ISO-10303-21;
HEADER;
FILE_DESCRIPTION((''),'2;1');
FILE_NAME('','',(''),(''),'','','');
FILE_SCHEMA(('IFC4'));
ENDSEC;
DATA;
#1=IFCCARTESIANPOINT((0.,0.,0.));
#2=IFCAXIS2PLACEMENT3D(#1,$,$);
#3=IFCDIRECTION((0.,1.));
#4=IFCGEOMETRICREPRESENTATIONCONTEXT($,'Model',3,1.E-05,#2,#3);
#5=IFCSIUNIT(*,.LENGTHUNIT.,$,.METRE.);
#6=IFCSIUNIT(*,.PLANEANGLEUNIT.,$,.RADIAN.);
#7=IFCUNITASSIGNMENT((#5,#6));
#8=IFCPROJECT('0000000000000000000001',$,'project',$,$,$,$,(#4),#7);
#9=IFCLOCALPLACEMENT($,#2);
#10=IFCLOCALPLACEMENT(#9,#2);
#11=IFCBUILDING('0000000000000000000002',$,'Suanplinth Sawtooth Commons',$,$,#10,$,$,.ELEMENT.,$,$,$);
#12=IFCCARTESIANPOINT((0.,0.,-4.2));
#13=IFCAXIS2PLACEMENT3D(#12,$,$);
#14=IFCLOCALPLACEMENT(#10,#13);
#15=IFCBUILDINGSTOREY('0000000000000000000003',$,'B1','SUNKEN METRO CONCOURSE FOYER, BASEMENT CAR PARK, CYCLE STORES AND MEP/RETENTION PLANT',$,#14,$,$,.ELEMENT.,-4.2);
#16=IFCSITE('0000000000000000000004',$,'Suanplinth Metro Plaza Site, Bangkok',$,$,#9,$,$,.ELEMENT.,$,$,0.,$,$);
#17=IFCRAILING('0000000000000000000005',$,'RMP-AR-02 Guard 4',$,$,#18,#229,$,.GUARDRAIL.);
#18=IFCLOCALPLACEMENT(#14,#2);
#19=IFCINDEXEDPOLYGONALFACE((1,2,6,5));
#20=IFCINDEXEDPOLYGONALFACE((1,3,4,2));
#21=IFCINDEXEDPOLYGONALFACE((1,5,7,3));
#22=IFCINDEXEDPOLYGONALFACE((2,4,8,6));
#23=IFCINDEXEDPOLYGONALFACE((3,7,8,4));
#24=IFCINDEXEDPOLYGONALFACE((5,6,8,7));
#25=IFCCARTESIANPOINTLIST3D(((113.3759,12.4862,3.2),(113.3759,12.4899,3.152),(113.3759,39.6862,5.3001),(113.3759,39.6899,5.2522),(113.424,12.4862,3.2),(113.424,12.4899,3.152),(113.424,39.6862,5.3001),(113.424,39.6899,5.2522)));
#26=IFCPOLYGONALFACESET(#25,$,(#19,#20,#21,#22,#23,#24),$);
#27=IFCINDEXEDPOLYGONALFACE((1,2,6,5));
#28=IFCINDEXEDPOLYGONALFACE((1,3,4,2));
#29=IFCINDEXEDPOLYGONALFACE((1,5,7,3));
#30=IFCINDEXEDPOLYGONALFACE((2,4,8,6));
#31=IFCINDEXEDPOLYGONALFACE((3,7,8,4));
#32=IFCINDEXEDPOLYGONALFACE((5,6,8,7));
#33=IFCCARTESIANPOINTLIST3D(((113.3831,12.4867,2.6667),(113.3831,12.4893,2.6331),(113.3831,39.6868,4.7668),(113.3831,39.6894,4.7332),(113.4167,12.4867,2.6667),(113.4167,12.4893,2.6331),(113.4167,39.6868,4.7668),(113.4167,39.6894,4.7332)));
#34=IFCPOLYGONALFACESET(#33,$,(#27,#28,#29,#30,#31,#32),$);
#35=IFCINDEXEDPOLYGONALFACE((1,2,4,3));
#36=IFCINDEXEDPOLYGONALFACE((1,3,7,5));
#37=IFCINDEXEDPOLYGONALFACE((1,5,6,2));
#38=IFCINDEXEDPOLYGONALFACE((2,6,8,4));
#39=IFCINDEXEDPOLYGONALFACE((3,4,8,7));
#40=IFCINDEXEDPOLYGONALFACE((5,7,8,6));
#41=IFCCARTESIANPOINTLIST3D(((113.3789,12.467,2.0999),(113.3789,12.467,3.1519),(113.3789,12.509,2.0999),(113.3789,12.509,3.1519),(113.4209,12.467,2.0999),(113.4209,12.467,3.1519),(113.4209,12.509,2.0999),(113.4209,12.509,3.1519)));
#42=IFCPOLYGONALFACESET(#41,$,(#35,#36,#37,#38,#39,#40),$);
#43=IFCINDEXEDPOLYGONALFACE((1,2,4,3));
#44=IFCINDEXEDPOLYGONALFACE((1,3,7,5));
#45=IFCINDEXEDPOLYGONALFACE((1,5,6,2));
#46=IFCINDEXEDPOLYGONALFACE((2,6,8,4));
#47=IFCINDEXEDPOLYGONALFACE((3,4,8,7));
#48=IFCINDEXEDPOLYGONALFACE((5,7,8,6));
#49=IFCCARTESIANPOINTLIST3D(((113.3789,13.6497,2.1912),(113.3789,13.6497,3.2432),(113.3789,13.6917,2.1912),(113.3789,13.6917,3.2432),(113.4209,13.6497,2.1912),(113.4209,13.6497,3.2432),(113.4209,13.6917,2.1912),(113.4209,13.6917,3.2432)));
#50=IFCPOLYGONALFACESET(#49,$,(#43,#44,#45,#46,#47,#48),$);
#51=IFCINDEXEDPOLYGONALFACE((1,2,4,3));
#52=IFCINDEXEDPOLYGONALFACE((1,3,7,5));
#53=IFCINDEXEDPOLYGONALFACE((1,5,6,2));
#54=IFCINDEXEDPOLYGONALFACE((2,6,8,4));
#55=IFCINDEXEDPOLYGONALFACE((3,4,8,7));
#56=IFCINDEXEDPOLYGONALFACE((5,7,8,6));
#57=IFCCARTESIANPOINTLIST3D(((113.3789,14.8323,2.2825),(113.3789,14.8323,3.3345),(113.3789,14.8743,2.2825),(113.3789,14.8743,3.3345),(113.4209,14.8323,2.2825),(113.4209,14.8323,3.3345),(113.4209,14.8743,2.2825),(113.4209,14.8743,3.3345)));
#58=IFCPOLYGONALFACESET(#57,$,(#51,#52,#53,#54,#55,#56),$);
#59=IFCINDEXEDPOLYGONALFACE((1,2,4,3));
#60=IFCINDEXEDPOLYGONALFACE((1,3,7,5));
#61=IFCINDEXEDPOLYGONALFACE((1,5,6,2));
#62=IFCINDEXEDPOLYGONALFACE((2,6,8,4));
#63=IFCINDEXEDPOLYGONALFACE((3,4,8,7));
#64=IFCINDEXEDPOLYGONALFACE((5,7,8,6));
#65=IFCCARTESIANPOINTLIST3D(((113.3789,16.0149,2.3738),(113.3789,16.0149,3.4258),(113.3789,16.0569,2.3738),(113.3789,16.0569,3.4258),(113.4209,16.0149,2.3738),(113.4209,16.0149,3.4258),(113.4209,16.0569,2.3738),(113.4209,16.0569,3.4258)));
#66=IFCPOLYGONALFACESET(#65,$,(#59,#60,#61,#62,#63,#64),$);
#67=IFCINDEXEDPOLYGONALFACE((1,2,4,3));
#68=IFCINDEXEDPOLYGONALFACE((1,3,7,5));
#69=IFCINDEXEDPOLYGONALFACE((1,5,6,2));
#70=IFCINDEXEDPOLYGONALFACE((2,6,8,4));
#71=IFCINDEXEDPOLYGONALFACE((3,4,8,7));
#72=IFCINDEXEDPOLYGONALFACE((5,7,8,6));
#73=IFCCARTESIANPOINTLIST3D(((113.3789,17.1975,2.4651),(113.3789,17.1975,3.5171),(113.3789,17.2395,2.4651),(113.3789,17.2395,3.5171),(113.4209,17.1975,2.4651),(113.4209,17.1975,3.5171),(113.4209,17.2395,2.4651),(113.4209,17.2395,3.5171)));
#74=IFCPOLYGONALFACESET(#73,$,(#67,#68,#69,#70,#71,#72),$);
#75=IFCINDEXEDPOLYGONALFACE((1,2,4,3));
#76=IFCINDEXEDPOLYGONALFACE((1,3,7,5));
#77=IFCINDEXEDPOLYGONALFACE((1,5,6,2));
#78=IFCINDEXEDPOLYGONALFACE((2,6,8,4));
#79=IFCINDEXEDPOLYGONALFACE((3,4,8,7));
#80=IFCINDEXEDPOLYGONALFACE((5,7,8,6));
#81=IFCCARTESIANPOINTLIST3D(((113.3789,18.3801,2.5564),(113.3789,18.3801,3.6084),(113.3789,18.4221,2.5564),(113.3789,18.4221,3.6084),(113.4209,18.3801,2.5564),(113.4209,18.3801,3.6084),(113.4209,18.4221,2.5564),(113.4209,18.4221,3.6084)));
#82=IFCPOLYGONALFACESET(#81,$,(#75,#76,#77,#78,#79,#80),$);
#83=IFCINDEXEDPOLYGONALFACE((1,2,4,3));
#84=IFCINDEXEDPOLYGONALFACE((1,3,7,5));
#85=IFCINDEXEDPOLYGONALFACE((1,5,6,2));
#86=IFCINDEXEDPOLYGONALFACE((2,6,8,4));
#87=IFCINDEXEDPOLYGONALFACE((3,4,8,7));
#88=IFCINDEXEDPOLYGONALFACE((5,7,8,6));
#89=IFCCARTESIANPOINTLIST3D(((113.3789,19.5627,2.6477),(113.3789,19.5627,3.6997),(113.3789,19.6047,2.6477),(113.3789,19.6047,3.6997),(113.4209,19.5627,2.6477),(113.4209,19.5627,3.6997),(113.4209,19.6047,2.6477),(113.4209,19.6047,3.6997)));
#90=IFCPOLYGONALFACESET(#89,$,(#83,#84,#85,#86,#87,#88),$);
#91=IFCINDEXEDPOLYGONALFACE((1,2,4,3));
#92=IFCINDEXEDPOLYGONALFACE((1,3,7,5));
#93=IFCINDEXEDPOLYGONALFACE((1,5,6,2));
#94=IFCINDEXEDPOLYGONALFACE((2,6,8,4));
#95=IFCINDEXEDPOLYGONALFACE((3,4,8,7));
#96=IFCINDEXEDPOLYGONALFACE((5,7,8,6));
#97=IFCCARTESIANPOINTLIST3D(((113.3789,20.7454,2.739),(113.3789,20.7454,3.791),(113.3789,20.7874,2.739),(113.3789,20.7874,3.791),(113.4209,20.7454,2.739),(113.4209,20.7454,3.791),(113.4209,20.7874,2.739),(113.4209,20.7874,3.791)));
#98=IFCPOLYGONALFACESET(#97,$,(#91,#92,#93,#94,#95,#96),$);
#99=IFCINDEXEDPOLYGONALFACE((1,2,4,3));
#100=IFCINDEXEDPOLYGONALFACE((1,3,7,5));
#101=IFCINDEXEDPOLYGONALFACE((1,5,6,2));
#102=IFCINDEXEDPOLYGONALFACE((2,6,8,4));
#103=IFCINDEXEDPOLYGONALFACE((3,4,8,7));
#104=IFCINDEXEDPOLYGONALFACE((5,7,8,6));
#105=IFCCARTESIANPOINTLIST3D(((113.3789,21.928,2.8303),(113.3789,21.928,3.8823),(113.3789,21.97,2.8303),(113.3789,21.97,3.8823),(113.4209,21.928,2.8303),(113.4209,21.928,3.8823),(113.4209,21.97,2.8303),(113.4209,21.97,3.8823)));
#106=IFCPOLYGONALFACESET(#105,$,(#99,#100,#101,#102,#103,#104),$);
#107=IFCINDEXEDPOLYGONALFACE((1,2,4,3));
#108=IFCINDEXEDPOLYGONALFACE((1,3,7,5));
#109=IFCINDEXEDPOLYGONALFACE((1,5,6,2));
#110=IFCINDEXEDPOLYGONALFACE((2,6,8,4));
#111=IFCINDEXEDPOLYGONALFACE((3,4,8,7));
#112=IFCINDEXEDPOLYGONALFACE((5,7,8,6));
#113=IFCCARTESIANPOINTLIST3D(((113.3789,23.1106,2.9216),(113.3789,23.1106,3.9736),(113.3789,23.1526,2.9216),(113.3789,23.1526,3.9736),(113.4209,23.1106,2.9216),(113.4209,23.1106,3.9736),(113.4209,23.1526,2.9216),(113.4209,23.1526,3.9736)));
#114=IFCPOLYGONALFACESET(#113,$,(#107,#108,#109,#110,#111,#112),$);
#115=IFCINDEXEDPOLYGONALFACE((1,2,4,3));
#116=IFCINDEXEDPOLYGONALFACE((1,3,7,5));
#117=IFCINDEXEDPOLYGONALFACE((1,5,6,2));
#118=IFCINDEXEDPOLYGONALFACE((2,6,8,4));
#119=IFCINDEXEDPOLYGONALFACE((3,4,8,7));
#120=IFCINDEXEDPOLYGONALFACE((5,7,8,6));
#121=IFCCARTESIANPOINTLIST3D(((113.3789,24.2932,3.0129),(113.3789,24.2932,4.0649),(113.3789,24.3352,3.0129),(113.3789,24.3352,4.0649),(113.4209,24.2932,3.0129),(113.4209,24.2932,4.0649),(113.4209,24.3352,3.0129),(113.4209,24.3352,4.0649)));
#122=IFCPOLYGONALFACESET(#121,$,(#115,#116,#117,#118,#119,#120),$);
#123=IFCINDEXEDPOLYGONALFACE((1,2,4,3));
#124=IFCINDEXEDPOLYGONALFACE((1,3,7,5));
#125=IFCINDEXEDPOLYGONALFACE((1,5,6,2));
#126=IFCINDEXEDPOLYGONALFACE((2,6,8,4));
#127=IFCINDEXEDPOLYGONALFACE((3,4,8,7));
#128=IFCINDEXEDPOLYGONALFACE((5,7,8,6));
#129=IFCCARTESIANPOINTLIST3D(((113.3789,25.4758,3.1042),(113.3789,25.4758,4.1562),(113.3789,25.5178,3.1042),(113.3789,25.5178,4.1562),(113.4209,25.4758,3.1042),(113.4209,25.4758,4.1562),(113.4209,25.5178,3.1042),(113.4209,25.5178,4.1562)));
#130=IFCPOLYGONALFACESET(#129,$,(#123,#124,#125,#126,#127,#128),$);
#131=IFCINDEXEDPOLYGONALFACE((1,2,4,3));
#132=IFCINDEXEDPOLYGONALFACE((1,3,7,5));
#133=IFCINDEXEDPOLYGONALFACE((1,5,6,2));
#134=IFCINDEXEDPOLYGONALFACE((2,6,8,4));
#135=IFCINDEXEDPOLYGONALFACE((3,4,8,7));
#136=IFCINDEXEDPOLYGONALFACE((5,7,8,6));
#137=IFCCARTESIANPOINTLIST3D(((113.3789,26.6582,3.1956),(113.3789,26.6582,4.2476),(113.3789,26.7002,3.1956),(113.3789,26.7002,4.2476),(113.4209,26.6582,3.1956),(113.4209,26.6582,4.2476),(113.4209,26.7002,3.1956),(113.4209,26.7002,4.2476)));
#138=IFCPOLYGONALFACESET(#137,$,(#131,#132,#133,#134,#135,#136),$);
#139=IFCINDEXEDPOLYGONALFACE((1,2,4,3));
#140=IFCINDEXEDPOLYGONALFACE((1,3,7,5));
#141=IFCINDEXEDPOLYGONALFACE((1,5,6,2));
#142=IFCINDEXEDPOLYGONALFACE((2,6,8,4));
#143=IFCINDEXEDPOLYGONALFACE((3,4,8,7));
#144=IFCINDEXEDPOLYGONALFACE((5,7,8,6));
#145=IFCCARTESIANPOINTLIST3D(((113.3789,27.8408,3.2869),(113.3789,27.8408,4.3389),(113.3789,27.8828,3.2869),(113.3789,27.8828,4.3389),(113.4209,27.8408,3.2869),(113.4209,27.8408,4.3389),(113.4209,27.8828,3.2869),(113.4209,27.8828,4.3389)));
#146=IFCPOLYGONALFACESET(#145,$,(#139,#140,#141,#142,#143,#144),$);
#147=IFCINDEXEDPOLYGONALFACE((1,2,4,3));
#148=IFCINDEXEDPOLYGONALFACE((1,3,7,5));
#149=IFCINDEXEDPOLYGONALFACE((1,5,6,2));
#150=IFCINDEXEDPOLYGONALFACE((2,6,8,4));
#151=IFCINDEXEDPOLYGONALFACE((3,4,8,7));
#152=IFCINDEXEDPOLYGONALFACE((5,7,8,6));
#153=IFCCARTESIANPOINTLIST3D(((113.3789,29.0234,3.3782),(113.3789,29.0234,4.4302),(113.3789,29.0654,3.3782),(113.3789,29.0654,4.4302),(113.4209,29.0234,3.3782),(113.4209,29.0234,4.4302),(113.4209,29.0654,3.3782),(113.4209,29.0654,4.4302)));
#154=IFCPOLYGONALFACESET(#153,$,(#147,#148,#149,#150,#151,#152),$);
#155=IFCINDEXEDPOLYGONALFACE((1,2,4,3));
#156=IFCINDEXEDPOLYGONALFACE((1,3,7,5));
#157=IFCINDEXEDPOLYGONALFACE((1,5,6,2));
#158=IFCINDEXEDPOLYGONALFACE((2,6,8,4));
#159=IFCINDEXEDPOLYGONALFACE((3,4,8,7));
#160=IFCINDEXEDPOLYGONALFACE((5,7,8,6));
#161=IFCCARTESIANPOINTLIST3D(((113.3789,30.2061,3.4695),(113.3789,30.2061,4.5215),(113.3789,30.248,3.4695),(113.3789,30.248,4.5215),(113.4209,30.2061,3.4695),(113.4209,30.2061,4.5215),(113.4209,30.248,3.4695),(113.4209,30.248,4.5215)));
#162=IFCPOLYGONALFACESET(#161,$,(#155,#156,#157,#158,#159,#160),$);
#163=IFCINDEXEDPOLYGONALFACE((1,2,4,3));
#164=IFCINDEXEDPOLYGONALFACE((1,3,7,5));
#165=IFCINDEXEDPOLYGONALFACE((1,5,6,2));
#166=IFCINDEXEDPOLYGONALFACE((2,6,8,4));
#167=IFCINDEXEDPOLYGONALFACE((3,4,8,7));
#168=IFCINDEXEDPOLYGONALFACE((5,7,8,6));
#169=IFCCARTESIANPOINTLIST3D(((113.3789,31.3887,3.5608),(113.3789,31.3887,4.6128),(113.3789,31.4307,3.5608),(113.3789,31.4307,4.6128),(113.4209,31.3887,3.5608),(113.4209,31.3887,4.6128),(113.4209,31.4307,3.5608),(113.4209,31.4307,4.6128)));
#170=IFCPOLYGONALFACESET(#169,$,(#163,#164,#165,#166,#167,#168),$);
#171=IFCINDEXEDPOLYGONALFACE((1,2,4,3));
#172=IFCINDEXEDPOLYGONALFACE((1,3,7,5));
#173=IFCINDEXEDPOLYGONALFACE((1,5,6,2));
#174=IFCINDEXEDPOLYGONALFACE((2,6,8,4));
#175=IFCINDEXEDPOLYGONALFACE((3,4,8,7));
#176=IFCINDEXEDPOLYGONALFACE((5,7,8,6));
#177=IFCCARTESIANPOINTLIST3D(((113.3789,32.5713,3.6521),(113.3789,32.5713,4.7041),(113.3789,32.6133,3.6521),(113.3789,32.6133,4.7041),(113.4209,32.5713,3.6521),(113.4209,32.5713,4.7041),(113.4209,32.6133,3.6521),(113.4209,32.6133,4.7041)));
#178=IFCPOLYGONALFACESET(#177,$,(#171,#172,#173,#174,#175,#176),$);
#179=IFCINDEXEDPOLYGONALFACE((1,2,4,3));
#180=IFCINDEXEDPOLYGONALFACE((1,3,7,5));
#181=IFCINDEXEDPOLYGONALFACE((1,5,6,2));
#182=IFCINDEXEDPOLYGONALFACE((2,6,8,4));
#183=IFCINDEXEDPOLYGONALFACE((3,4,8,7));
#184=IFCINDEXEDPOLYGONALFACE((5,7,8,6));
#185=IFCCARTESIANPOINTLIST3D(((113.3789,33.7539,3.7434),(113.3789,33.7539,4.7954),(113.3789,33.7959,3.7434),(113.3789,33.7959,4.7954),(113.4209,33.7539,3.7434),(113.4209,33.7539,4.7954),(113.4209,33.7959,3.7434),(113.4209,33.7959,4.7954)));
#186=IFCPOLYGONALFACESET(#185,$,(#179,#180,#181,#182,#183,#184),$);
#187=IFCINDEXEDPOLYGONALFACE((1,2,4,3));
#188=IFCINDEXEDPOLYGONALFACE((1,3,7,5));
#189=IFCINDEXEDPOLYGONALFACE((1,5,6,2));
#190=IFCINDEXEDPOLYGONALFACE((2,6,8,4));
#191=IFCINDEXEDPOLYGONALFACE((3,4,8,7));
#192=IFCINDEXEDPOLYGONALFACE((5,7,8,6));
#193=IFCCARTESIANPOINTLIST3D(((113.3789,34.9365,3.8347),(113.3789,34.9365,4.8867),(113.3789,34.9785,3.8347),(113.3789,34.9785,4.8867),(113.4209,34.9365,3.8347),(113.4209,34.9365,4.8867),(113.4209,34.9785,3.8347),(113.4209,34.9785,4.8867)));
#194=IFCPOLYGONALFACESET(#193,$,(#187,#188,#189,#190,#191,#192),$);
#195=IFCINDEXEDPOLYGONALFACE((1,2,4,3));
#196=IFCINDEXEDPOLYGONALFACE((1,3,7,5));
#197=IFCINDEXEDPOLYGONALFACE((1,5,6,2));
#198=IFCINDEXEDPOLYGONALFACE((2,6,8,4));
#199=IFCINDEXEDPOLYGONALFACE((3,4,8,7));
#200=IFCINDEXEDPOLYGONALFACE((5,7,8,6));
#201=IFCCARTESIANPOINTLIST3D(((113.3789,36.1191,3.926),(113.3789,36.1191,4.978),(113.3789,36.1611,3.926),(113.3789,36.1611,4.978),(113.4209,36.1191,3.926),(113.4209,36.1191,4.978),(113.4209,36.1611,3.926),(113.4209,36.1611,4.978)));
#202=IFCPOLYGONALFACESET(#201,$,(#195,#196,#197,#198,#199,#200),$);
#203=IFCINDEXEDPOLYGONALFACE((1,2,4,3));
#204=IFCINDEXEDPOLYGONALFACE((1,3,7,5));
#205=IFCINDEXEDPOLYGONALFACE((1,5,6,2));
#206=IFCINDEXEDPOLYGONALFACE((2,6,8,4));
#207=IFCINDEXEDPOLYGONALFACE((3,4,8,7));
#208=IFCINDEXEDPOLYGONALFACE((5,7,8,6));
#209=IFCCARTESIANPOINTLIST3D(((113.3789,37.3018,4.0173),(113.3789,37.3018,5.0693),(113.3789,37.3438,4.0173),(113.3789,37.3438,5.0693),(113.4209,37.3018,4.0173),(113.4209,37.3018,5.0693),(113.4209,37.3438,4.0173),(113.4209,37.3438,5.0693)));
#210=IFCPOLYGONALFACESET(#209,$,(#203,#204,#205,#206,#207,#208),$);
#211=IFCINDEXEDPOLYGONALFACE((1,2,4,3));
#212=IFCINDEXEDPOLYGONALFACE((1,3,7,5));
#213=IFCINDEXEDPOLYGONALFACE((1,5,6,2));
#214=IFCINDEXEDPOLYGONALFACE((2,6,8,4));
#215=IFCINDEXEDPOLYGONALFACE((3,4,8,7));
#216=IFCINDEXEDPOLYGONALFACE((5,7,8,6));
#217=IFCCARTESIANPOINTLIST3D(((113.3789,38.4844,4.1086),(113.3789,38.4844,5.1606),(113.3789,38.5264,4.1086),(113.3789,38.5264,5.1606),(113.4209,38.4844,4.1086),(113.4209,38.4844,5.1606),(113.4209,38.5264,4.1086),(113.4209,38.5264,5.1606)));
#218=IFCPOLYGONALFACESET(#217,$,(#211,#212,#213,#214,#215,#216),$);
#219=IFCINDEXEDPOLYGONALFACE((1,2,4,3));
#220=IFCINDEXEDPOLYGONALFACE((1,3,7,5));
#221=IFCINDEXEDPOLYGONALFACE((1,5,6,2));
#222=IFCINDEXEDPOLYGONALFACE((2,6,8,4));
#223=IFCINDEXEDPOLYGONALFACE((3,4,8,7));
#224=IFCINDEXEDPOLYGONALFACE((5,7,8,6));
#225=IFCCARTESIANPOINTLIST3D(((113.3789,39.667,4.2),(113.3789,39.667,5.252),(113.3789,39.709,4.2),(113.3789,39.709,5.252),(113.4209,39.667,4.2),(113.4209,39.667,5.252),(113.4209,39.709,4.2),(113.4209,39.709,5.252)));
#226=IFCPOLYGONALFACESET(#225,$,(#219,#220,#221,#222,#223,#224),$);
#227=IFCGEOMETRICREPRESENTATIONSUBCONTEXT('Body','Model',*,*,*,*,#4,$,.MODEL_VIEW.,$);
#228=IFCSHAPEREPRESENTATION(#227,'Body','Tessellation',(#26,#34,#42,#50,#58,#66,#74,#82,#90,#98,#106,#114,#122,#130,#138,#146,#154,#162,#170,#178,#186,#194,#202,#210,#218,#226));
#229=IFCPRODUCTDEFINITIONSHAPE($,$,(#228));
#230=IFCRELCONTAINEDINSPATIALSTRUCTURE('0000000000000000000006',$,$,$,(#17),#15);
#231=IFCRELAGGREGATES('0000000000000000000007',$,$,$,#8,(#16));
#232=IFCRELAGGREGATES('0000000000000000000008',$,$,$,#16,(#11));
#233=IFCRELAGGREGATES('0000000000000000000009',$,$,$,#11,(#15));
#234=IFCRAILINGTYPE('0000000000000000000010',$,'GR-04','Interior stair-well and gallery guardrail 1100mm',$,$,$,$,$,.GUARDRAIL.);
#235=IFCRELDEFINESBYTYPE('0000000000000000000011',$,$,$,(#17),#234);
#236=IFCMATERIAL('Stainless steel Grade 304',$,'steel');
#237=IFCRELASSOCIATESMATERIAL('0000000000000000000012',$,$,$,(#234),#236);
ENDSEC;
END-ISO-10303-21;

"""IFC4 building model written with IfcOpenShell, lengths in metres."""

from ifc_helpers import new_model, si_unit, direction, frame, origin, origin_2d, place, context, subcontext, project, spatial, rectangle, extrude, material, type_object, element, save


model = new_model("IFC4")

# Units and contexts
model_context = context("Model", 3, precision=1e-05, world=origin(), true_north=direction((0.0, 1.0)))
body_context = subcontext(model_context, "Body", "Model", "MODEL_VIEW")
ifc_project = project(units=[si_unit("LENGTHUNIT", "METRE"), si_unit("PLANEANGLEUNIT", "RADIAN")], contexts=[model_context])

# Site, building, storey
site_placement = place(None, origin())
site = spatial("IfcSite", under=ifc_project, at=site_placement, Name="Suanplinth Metro Plaza Site, Bangkok", CompositionType="ELEMENT", RefElevation=0.0)
building_placement = place(site_placement, origin())
building = spatial("IfcBuilding", under=site, at=building_placement, Name="Suanplinth Sawtooth Commons", CompositionType="ELEMENT")
storey_placement = place(building_placement, frame((0.0, 0.0, -4.2)))
storey = spatial("IfcBuildingStorey", under=building, at=storey_placement, Name="B1", Description="SUNKEN METRO CONCOURSE FOYER, BASEMENT CAR PARK, CYCLE STORES AND MEP/RETENTION PLANT", CompositionType="ELEMENT", Elevation=-4.2)

# Railing
ifc_material_1 = material(Name="Stainless steel Grade 304", Category="steel")
railing_type_1 = type_object("IfcRailingType", Name="GR-04", Description="Interior stair-well and gallery guardrail 1100mm", PredefinedType="GUARDRAIL", material=ifc_material_1)
railing_1_placement = place(storey_placement, frame((113.3999, 12.488, 2.0999)))
element("IfcRailing", 1, at=railing_1_placement, inside=storey, type_object=railing_type_1, Name="RMP-AR-02 Guard 4", PredefinedType="GUARDRAIL", context=body_context, shape_type="SweptSolid", body=[
    extrude(rectangle(XDim=0.0481, YDim=0.0481, at=origin_2d()), frame((0.0, 0.0, 1.0762), z_axis=(0.0, 0.997033, 0.07698), x_axis=(-1.0, 0.0, 0.0)), (0.0, 0.0, 1.0), 27.281),
    extrude(rectangle(XDim=0.0337, YDim=0.0337, at=origin_2d()), frame((0.0, 0.0, 0.55), z_axis=(0.0, 0.997033, 0.07698), x_axis=(-1.0, 0.0, 0.0)), (0.0, 0.0, 1.0), 27.281),
    extrude(rectangle(XDim=0.042, YDim=0.042, at=origin_2d()), origin(), (0.0, 0.0, 1.0), 1.052),
    extrude(rectangle(XDim=0.042, YDim=0.042, at=origin_2d()), frame((0.0, 1.1826, 0.0913)), (0.0, 0.0, 1.0), 1.052),
    extrude(rectangle(XDim=0.042, YDim=0.042, at=origin_2d()), frame((0.0, 2.3652, 0.1826)), (0.0, 0.0, 1.0), 1.052),
    extrude(rectangle(XDim=0.042, YDim=0.042, at=origin_2d()), frame((0.0, 3.5479, 0.2739)), (0.0, 0.0, 1.0), 1.052),
    extrude(rectangle(XDim=0.042, YDim=0.042, at=origin_2d()), frame((0.0, 4.7305, 0.3652)), (0.0, 0.0, 1.0), 1.052),
    extrude(rectangle(XDim=0.042, YDim=0.042, at=origin_2d()), frame((0.0, 5.9131, 0.4565)), (0.0, 0.0, 1.0), 1.052),
    extrude(rectangle(XDim=0.042, YDim=0.042, at=origin_2d()), frame((0.0, 7.0957, 0.5479)), (0.0, 0.0, 1.0), 1.052),
    extrude(rectangle(XDim=0.042, YDim=0.042, at=origin_2d()), frame((0.0, 8.2783, 0.6392)), (0.0, 0.0, 1.0), 1.052),
    extrude(rectangle(XDim=0.042, YDim=0.042, at=origin_2d()), frame((0.0, 9.4609, 0.7305)), (0.0, 0.0, 1.0), 1.052),
    extrude(rectangle(XDim=0.042, YDim=0.042, at=origin_2d()), frame((0.0, 10.6436, 0.8218)), (0.0, 0.0, 1.0), 1.052),
    extrude(rectangle(XDim=0.042, YDim=0.042, at=origin_2d()), frame((0.0, 11.8262, 0.9131)), (0.0, 0.0, 1.0), 1.052),
    extrude(rectangle(XDim=0.042, YDim=0.042, at=origin_2d()), frame((0.0, 13.0088, 1.0044)), (0.0, 0.0, 1.0), 1.052),
    extrude(rectangle(XDim=0.042, YDim=0.042, at=origin_2d()), frame((0.0, 14.1912, 1.0957)), (0.0, 0.0, 1.0), 1.052),
    extrude(rectangle(XDim=0.042, YDim=0.042, at=origin_2d()), frame((0.0, 15.3738, 1.187)), (0.0, 0.0, 1.0), 1.052),
    extrude(rectangle(XDim=0.042, YDim=0.042, at=origin_2d()), frame((0.0, 16.5564, 1.2783)), (0.0, 0.0, 1.0), 1.052),
    extrude(rectangle(XDim=0.042, YDim=0.042, at=origin_2d()), frame((0.0, 17.739, 1.3696)), (0.0, 0.0, 1.0), 1.052),
    extrude(rectangle(XDim=0.042, YDim=0.042, at=origin_2d()), frame((0.0, 18.9216, 1.4609)), (0.0, 0.0, 1.0), 1.052),
    extrude(rectangle(XDim=0.042, YDim=0.042, at=origin_2d()), frame((0.0, 20.1042, 1.5522)), (0.0, 0.0, 1.0), 1.052),
    extrude(rectangle(XDim=0.042, YDim=0.042, at=origin_2d()), frame((0.0, 21.2869, 1.6436)), (0.0, 0.0, 1.0), 1.052),
    extrude(rectangle(XDim=0.042, YDim=0.042, at=origin_2d()), frame((0.0, 22.4695, 1.7349)), (0.0, 0.0, 1.0), 1.052),
    extrude(rectangle(XDim=0.042, YDim=0.042, at=origin_2d()), frame((0.0, 23.6521, 1.8262)), (0.0, 0.0, 1.0), 1.052),
    extrude(rectangle(XDim=0.042, YDim=0.042, at=origin_2d()), frame((0.0, 24.8347, 1.9175)), (0.0, 0.0, 1.0), 1.052),
    extrude(rectangle(XDim=0.042, YDim=0.042, at=origin_2d()), frame((0.0, 26.0173, 2.0088)), (0.0, 0.0, 1.0), 1.052),
    extrude(rectangle(XDim=0.042, YDim=0.042, at=origin_2d()), frame((0.0, 27.2, 2.1001)), (0.0, 0.0, 1.0), 1.052),
])

save(model, "model.ifc")
